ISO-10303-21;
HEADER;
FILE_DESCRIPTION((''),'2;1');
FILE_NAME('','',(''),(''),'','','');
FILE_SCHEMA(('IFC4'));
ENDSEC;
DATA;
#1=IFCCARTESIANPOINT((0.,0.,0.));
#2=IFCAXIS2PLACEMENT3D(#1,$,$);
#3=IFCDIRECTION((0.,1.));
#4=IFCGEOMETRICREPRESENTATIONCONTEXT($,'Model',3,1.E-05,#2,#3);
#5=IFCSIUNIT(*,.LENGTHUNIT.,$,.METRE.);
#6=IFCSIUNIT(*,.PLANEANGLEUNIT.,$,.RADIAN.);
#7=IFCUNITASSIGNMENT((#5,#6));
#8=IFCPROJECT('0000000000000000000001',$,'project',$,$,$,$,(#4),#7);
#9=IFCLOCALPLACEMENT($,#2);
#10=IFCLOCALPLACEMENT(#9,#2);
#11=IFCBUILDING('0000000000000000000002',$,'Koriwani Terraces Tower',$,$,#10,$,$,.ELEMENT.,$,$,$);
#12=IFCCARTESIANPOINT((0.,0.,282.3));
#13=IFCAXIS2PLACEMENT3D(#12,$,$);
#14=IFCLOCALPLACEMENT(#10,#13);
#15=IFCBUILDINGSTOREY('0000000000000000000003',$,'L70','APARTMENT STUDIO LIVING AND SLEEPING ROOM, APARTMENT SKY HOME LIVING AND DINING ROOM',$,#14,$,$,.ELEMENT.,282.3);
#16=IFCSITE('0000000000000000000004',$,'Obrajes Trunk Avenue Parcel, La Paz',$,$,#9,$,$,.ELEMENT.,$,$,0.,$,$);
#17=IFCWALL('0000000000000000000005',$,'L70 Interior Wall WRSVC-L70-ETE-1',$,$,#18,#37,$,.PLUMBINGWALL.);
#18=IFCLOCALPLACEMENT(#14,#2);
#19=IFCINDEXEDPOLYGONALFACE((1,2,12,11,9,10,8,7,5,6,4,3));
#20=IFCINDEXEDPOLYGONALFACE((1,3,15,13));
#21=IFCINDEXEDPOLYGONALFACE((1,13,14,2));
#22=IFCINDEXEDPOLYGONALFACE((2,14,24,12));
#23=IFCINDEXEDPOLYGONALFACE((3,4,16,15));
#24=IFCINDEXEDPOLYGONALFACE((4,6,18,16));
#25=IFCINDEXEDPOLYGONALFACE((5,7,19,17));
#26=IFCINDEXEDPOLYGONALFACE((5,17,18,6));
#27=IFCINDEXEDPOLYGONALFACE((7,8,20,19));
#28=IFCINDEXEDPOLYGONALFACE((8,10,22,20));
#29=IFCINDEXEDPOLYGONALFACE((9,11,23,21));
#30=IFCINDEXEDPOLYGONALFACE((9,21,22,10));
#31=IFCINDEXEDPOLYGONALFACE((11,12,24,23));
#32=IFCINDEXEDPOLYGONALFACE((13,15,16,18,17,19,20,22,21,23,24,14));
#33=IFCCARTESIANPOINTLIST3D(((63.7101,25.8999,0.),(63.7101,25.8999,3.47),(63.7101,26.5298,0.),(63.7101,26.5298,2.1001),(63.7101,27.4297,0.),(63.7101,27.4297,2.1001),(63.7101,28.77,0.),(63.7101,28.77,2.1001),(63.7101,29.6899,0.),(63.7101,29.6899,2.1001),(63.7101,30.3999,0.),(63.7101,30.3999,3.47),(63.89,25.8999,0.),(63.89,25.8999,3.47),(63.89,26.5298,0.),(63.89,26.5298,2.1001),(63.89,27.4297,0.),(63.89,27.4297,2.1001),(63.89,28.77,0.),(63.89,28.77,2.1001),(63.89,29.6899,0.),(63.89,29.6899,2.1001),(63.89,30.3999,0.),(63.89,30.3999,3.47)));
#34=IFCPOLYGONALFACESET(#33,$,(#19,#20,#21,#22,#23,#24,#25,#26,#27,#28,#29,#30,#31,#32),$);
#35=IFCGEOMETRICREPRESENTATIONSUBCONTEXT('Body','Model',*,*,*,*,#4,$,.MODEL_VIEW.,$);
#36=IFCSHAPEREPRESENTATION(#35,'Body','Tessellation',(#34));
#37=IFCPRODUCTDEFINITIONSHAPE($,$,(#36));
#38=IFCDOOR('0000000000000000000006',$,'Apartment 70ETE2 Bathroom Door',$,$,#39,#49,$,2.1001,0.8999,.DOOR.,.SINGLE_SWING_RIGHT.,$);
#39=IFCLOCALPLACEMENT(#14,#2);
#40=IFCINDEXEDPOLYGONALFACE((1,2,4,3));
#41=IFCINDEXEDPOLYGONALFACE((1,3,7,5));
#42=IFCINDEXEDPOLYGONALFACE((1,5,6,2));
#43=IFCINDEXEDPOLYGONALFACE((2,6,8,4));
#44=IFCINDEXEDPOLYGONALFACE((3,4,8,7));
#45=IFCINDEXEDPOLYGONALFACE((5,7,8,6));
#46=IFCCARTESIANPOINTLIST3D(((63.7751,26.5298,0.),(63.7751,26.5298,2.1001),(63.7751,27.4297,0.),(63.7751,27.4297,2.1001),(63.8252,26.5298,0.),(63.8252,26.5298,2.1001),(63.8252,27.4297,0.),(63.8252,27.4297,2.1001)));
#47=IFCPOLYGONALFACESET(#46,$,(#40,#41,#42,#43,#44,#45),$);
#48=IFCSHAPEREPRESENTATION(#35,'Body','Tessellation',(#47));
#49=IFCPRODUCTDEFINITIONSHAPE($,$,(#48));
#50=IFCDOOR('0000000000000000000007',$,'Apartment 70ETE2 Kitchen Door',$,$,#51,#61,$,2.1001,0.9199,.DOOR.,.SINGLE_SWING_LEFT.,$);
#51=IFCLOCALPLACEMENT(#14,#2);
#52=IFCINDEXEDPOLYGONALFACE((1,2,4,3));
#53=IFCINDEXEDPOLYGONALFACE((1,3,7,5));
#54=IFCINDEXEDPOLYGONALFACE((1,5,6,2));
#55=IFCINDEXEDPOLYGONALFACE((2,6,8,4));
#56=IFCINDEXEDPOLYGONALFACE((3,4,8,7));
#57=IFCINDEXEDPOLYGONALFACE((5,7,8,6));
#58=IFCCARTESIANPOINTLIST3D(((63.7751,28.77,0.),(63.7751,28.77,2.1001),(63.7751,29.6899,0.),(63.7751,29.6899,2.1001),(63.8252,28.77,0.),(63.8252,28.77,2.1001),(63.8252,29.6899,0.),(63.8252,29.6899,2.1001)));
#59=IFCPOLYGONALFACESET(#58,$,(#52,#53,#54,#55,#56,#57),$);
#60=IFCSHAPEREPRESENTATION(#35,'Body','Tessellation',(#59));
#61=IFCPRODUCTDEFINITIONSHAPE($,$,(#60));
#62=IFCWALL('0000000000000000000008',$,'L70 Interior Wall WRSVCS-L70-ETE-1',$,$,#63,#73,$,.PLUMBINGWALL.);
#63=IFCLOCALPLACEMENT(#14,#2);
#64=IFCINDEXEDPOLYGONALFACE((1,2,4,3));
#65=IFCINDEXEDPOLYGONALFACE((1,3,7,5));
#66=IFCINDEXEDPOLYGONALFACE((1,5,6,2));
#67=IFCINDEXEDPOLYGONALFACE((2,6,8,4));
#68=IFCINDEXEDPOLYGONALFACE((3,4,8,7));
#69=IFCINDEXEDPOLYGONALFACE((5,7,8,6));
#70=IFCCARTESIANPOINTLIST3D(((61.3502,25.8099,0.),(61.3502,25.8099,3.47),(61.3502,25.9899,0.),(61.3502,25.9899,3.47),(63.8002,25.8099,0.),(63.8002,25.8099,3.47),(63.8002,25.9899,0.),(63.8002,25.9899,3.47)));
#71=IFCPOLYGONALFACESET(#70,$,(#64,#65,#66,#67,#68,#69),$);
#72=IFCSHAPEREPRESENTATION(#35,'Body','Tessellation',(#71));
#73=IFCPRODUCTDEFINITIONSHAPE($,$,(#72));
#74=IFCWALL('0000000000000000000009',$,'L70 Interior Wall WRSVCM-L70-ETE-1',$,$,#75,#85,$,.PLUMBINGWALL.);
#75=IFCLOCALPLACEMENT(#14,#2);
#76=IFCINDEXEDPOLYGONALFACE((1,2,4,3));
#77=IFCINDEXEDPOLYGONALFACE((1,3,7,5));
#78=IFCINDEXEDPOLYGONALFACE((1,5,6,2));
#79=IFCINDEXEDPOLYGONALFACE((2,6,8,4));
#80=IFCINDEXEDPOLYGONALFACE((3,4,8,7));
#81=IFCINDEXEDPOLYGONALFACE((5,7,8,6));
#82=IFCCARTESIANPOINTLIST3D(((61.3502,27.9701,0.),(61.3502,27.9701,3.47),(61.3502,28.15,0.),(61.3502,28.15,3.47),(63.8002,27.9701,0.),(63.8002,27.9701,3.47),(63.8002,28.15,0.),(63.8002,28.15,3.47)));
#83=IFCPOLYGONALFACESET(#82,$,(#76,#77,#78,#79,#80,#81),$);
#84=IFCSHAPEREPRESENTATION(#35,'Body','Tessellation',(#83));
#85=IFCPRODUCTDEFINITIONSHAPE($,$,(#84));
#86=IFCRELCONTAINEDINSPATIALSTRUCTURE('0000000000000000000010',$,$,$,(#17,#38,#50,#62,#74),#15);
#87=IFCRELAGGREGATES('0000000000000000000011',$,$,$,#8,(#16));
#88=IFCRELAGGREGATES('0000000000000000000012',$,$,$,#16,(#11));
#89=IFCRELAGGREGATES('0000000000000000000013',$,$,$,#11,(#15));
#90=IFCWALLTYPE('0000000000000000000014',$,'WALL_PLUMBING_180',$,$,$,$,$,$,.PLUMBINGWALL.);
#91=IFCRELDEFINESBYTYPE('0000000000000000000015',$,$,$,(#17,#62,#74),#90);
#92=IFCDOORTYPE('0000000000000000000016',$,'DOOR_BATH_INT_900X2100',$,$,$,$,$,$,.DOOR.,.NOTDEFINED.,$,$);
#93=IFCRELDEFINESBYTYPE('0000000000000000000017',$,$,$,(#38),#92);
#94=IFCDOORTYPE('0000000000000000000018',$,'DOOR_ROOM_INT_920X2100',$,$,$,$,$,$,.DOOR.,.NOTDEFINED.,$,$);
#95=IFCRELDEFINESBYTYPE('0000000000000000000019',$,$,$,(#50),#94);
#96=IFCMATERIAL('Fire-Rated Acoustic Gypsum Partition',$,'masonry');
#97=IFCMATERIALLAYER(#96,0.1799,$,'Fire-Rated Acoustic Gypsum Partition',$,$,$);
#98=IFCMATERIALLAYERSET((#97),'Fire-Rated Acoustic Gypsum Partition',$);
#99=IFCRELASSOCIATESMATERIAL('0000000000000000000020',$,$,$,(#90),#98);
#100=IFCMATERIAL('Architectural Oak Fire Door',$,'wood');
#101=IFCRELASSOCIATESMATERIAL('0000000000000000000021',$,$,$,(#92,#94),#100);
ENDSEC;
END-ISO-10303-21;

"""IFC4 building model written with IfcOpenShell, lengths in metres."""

from ifc_helpers import new_model, si_unit, direction, frame, frame_2d, origin, place, context, subcontext, project, spatial, rectangle, extrude, material, layer, layer_set, type_object, element, fill, save


model = new_model("IFC4")

# Units and contexts
model_context = context("Model", 3, precision=1e-05, world=origin(), true_north=direction((0.0, 1.0)))
body_context = subcontext(model_context, "Body", "Model", "MODEL_VIEW")
ifc_project = project(units=[si_unit("LENGTHUNIT", "METRE"), si_unit("PLANEANGLEUNIT", "RADIAN")], contexts=[model_context])

# Site, building, storey
site_placement = place(None, origin())
site = spatial("IfcSite", under=ifc_project, at=site_placement, Name="Obrajes Trunk Avenue Parcel, La Paz", CompositionType="ELEMENT", RefElevation=0.0)
building_placement = place(site_placement, origin())
building = spatial("IfcBuilding", under=site, at=building_placement, Name="Koriwani Terraces Tower", CompositionType="ELEMENT")
storey_placement = place(building_placement, frame((0.0, 0.0, 282.3)))
storey = spatial("IfcBuildingStorey", under=building, at=storey_placement, Name="L70", Description="APARTMENT STUDIO LIVING AND SLEEPING ROOM, APARTMENT SKY HOME LIVING AND DINING ROOM", CompositionType="ELEMENT", Elevation=282.3)

# Wall, openings, doors
ifc_material_1 = material(Name="Fire-Rated Acoustic Gypsum Partition", Category="masonry")
ifc_layer_1 = layer(ifc_material_1, 0.1799, Name="Fire-Rated Acoustic Gypsum Partition")
ifc_layer_set_1 = layer_set([ifc_layer_1], Name="Fire-Rated Acoustic Gypsum Partition")
wall_type_1 = type_object("IfcWallType", Name="WALL_PLUMBING_180", PredefinedType="PLUMBINGWALL", material=ifc_layer_set_1)
wall_1_placement = place(storey_placement, frame((63.8, 25.8999, 0.0), z_axis=(0.0, 0.0, 1.0), x_axis=(0.0, 1.0, 0.0)))
wall_1 = element("IfcWall", 1, at=wall_1_placement, inside=storey, type_object=wall_type_1, Name="L70 Interior Wall WRSVC-L70-ETE-1", PredefinedType="PLUMBINGWALL", context=body_context, shape_type="SweptSolid", body=[
    extrude(rectangle(XDim=4.5, YDim=0.1799, at=frame_2d((2.25, 0.0))), origin(), (0.0, 0.0, 1.0), 3.47),
])
opening_1_placement = place(wall_1_placement, frame((0.6299, 0.0, 0.0)))
opening_1 = element("IfcOpeningElement", 2, at=opening_1_placement, cuts=wall_1, PredefinedType="OPENING", context=body_context, shape_type="SweptSolid", body=[
    extrude(rectangle(XDim=0.8999, YDim=2.1001, at=frame_2d((0.45, 1.05))), frame((0.0, 0.1001, 0.0), z_axis=(0.0, -1.0, 0.0), x_axis=(1.0, 0.0, 0.0)), (0.0, 0.0, 1.0), 0.2),
])
opening_2_placement = place(wall_1_placement, frame((2.8701, 0.0, 0.0)))
opening_2 = element("IfcOpeningElement", 3, at=opening_2_placement, cuts=wall_1, PredefinedType="OPENING", context=body_context, shape_type="SweptSolid", body=[
    extrude(rectangle(XDim=0.9199, YDim=2.1001, at=frame_2d((0.46, 1.05))), frame((0.0, 0.1001, 0.0), z_axis=(0.0, -1.0, 0.0), x_axis=(1.0, 0.0, 0.0)), (0.0, 0.0, 1.0), 0.2),
])
ifc_material_2 = material(Name="Architectural Oak Fire Door", Category="wood")
door_type_1 = type_object("IfcDoorType", Name="DOOR_BATH_INT_900X2100", OperationType="NOTDEFINED", PredefinedType="DOOR", material=ifc_material_2)
door_1_placement = place(opening_1_placement, origin())
door_1 = element("IfcDoor", 4, at=door_1_placement, inside=storey, type_object=door_type_1, Name="Apartment 70ETE2 Bathroom Door", OperationType="SINGLE_SWING_RIGHT", OverallHeight=2.1001, OverallWidth=0.8999, PredefinedType="DOOR", context=body_context, shape_type="SweptSolid", body=[
    extrude(rectangle(XDim=0.8999, YDim=2.1001, at=frame_2d((0.45, 1.05))), frame((0.0, 0.0249, 0.0), z_axis=(0.0, -1.0, 0.0), x_axis=(1.0, 0.0, 0.0)), (0.0, 0.0, 1.0), 0.05),
])
fill(opening_1, door_1)
door_type_2 = type_object("IfcDoorType", Name="DOOR_ROOM_INT_920X2100", OperationType="NOTDEFINED", PredefinedType="DOOR", material=ifc_material_2)
door_2_placement = place(opening_2_placement, origin())
door_2 = element("IfcDoor", 5, at=door_2_placement, inside=storey, type_object=door_type_2, Name="Apartment 70ETE2 Kitchen Door", OperationType="SINGLE_SWING_LEFT", OverallHeight=2.1001, OverallWidth=0.9199, PredefinedType="DOOR", context=body_context, shape_type="SweptSolid", body=[
    extrude(rectangle(XDim=0.9199, YDim=2.1001, at=frame_2d((0.46, 1.05))), frame((0.0, 0.0249, 0.0), z_axis=(0.0, -1.0, 0.0), x_axis=(1.0, 0.0, 0.0)), (0.0, 0.0, 1.0), 0.05),
])
fill(opening_2, door_2)

# Walls
for number, where, z_axis, x_axis, name in (
    (6, (61.3501, 25.8999, 0.0), (0.0, 0.0, 1.0), (1.0, 0.0, 0.0), "L70 Interior Wall WRSVCS-L70-ETE-1"),
    (7, (61.3501, 28.0601, 0.0), (0.0, 0.0, 1.0), (1.0, 0.0, 0.0), "L70 Interior Wall WRSVCM-L70-ETE-1"),
):
    element("IfcWall", number, at=place(storey_placement, frame(where, z_axis=z_axis, x_axis=x_axis)), inside=storey, type_object=wall_type_1, Name=name, PredefinedType="PLUMBINGWALL", context=body_context, shape_type="SweptSolid", body=[
        extrude(rectangle(XDim=2.45, YDim=0.1799, at=frame_2d((1.2251, 0.0))), origin(), (0.0, 0.0, 1.0), 3.47),
    ])

save(model, "model.ifc")
